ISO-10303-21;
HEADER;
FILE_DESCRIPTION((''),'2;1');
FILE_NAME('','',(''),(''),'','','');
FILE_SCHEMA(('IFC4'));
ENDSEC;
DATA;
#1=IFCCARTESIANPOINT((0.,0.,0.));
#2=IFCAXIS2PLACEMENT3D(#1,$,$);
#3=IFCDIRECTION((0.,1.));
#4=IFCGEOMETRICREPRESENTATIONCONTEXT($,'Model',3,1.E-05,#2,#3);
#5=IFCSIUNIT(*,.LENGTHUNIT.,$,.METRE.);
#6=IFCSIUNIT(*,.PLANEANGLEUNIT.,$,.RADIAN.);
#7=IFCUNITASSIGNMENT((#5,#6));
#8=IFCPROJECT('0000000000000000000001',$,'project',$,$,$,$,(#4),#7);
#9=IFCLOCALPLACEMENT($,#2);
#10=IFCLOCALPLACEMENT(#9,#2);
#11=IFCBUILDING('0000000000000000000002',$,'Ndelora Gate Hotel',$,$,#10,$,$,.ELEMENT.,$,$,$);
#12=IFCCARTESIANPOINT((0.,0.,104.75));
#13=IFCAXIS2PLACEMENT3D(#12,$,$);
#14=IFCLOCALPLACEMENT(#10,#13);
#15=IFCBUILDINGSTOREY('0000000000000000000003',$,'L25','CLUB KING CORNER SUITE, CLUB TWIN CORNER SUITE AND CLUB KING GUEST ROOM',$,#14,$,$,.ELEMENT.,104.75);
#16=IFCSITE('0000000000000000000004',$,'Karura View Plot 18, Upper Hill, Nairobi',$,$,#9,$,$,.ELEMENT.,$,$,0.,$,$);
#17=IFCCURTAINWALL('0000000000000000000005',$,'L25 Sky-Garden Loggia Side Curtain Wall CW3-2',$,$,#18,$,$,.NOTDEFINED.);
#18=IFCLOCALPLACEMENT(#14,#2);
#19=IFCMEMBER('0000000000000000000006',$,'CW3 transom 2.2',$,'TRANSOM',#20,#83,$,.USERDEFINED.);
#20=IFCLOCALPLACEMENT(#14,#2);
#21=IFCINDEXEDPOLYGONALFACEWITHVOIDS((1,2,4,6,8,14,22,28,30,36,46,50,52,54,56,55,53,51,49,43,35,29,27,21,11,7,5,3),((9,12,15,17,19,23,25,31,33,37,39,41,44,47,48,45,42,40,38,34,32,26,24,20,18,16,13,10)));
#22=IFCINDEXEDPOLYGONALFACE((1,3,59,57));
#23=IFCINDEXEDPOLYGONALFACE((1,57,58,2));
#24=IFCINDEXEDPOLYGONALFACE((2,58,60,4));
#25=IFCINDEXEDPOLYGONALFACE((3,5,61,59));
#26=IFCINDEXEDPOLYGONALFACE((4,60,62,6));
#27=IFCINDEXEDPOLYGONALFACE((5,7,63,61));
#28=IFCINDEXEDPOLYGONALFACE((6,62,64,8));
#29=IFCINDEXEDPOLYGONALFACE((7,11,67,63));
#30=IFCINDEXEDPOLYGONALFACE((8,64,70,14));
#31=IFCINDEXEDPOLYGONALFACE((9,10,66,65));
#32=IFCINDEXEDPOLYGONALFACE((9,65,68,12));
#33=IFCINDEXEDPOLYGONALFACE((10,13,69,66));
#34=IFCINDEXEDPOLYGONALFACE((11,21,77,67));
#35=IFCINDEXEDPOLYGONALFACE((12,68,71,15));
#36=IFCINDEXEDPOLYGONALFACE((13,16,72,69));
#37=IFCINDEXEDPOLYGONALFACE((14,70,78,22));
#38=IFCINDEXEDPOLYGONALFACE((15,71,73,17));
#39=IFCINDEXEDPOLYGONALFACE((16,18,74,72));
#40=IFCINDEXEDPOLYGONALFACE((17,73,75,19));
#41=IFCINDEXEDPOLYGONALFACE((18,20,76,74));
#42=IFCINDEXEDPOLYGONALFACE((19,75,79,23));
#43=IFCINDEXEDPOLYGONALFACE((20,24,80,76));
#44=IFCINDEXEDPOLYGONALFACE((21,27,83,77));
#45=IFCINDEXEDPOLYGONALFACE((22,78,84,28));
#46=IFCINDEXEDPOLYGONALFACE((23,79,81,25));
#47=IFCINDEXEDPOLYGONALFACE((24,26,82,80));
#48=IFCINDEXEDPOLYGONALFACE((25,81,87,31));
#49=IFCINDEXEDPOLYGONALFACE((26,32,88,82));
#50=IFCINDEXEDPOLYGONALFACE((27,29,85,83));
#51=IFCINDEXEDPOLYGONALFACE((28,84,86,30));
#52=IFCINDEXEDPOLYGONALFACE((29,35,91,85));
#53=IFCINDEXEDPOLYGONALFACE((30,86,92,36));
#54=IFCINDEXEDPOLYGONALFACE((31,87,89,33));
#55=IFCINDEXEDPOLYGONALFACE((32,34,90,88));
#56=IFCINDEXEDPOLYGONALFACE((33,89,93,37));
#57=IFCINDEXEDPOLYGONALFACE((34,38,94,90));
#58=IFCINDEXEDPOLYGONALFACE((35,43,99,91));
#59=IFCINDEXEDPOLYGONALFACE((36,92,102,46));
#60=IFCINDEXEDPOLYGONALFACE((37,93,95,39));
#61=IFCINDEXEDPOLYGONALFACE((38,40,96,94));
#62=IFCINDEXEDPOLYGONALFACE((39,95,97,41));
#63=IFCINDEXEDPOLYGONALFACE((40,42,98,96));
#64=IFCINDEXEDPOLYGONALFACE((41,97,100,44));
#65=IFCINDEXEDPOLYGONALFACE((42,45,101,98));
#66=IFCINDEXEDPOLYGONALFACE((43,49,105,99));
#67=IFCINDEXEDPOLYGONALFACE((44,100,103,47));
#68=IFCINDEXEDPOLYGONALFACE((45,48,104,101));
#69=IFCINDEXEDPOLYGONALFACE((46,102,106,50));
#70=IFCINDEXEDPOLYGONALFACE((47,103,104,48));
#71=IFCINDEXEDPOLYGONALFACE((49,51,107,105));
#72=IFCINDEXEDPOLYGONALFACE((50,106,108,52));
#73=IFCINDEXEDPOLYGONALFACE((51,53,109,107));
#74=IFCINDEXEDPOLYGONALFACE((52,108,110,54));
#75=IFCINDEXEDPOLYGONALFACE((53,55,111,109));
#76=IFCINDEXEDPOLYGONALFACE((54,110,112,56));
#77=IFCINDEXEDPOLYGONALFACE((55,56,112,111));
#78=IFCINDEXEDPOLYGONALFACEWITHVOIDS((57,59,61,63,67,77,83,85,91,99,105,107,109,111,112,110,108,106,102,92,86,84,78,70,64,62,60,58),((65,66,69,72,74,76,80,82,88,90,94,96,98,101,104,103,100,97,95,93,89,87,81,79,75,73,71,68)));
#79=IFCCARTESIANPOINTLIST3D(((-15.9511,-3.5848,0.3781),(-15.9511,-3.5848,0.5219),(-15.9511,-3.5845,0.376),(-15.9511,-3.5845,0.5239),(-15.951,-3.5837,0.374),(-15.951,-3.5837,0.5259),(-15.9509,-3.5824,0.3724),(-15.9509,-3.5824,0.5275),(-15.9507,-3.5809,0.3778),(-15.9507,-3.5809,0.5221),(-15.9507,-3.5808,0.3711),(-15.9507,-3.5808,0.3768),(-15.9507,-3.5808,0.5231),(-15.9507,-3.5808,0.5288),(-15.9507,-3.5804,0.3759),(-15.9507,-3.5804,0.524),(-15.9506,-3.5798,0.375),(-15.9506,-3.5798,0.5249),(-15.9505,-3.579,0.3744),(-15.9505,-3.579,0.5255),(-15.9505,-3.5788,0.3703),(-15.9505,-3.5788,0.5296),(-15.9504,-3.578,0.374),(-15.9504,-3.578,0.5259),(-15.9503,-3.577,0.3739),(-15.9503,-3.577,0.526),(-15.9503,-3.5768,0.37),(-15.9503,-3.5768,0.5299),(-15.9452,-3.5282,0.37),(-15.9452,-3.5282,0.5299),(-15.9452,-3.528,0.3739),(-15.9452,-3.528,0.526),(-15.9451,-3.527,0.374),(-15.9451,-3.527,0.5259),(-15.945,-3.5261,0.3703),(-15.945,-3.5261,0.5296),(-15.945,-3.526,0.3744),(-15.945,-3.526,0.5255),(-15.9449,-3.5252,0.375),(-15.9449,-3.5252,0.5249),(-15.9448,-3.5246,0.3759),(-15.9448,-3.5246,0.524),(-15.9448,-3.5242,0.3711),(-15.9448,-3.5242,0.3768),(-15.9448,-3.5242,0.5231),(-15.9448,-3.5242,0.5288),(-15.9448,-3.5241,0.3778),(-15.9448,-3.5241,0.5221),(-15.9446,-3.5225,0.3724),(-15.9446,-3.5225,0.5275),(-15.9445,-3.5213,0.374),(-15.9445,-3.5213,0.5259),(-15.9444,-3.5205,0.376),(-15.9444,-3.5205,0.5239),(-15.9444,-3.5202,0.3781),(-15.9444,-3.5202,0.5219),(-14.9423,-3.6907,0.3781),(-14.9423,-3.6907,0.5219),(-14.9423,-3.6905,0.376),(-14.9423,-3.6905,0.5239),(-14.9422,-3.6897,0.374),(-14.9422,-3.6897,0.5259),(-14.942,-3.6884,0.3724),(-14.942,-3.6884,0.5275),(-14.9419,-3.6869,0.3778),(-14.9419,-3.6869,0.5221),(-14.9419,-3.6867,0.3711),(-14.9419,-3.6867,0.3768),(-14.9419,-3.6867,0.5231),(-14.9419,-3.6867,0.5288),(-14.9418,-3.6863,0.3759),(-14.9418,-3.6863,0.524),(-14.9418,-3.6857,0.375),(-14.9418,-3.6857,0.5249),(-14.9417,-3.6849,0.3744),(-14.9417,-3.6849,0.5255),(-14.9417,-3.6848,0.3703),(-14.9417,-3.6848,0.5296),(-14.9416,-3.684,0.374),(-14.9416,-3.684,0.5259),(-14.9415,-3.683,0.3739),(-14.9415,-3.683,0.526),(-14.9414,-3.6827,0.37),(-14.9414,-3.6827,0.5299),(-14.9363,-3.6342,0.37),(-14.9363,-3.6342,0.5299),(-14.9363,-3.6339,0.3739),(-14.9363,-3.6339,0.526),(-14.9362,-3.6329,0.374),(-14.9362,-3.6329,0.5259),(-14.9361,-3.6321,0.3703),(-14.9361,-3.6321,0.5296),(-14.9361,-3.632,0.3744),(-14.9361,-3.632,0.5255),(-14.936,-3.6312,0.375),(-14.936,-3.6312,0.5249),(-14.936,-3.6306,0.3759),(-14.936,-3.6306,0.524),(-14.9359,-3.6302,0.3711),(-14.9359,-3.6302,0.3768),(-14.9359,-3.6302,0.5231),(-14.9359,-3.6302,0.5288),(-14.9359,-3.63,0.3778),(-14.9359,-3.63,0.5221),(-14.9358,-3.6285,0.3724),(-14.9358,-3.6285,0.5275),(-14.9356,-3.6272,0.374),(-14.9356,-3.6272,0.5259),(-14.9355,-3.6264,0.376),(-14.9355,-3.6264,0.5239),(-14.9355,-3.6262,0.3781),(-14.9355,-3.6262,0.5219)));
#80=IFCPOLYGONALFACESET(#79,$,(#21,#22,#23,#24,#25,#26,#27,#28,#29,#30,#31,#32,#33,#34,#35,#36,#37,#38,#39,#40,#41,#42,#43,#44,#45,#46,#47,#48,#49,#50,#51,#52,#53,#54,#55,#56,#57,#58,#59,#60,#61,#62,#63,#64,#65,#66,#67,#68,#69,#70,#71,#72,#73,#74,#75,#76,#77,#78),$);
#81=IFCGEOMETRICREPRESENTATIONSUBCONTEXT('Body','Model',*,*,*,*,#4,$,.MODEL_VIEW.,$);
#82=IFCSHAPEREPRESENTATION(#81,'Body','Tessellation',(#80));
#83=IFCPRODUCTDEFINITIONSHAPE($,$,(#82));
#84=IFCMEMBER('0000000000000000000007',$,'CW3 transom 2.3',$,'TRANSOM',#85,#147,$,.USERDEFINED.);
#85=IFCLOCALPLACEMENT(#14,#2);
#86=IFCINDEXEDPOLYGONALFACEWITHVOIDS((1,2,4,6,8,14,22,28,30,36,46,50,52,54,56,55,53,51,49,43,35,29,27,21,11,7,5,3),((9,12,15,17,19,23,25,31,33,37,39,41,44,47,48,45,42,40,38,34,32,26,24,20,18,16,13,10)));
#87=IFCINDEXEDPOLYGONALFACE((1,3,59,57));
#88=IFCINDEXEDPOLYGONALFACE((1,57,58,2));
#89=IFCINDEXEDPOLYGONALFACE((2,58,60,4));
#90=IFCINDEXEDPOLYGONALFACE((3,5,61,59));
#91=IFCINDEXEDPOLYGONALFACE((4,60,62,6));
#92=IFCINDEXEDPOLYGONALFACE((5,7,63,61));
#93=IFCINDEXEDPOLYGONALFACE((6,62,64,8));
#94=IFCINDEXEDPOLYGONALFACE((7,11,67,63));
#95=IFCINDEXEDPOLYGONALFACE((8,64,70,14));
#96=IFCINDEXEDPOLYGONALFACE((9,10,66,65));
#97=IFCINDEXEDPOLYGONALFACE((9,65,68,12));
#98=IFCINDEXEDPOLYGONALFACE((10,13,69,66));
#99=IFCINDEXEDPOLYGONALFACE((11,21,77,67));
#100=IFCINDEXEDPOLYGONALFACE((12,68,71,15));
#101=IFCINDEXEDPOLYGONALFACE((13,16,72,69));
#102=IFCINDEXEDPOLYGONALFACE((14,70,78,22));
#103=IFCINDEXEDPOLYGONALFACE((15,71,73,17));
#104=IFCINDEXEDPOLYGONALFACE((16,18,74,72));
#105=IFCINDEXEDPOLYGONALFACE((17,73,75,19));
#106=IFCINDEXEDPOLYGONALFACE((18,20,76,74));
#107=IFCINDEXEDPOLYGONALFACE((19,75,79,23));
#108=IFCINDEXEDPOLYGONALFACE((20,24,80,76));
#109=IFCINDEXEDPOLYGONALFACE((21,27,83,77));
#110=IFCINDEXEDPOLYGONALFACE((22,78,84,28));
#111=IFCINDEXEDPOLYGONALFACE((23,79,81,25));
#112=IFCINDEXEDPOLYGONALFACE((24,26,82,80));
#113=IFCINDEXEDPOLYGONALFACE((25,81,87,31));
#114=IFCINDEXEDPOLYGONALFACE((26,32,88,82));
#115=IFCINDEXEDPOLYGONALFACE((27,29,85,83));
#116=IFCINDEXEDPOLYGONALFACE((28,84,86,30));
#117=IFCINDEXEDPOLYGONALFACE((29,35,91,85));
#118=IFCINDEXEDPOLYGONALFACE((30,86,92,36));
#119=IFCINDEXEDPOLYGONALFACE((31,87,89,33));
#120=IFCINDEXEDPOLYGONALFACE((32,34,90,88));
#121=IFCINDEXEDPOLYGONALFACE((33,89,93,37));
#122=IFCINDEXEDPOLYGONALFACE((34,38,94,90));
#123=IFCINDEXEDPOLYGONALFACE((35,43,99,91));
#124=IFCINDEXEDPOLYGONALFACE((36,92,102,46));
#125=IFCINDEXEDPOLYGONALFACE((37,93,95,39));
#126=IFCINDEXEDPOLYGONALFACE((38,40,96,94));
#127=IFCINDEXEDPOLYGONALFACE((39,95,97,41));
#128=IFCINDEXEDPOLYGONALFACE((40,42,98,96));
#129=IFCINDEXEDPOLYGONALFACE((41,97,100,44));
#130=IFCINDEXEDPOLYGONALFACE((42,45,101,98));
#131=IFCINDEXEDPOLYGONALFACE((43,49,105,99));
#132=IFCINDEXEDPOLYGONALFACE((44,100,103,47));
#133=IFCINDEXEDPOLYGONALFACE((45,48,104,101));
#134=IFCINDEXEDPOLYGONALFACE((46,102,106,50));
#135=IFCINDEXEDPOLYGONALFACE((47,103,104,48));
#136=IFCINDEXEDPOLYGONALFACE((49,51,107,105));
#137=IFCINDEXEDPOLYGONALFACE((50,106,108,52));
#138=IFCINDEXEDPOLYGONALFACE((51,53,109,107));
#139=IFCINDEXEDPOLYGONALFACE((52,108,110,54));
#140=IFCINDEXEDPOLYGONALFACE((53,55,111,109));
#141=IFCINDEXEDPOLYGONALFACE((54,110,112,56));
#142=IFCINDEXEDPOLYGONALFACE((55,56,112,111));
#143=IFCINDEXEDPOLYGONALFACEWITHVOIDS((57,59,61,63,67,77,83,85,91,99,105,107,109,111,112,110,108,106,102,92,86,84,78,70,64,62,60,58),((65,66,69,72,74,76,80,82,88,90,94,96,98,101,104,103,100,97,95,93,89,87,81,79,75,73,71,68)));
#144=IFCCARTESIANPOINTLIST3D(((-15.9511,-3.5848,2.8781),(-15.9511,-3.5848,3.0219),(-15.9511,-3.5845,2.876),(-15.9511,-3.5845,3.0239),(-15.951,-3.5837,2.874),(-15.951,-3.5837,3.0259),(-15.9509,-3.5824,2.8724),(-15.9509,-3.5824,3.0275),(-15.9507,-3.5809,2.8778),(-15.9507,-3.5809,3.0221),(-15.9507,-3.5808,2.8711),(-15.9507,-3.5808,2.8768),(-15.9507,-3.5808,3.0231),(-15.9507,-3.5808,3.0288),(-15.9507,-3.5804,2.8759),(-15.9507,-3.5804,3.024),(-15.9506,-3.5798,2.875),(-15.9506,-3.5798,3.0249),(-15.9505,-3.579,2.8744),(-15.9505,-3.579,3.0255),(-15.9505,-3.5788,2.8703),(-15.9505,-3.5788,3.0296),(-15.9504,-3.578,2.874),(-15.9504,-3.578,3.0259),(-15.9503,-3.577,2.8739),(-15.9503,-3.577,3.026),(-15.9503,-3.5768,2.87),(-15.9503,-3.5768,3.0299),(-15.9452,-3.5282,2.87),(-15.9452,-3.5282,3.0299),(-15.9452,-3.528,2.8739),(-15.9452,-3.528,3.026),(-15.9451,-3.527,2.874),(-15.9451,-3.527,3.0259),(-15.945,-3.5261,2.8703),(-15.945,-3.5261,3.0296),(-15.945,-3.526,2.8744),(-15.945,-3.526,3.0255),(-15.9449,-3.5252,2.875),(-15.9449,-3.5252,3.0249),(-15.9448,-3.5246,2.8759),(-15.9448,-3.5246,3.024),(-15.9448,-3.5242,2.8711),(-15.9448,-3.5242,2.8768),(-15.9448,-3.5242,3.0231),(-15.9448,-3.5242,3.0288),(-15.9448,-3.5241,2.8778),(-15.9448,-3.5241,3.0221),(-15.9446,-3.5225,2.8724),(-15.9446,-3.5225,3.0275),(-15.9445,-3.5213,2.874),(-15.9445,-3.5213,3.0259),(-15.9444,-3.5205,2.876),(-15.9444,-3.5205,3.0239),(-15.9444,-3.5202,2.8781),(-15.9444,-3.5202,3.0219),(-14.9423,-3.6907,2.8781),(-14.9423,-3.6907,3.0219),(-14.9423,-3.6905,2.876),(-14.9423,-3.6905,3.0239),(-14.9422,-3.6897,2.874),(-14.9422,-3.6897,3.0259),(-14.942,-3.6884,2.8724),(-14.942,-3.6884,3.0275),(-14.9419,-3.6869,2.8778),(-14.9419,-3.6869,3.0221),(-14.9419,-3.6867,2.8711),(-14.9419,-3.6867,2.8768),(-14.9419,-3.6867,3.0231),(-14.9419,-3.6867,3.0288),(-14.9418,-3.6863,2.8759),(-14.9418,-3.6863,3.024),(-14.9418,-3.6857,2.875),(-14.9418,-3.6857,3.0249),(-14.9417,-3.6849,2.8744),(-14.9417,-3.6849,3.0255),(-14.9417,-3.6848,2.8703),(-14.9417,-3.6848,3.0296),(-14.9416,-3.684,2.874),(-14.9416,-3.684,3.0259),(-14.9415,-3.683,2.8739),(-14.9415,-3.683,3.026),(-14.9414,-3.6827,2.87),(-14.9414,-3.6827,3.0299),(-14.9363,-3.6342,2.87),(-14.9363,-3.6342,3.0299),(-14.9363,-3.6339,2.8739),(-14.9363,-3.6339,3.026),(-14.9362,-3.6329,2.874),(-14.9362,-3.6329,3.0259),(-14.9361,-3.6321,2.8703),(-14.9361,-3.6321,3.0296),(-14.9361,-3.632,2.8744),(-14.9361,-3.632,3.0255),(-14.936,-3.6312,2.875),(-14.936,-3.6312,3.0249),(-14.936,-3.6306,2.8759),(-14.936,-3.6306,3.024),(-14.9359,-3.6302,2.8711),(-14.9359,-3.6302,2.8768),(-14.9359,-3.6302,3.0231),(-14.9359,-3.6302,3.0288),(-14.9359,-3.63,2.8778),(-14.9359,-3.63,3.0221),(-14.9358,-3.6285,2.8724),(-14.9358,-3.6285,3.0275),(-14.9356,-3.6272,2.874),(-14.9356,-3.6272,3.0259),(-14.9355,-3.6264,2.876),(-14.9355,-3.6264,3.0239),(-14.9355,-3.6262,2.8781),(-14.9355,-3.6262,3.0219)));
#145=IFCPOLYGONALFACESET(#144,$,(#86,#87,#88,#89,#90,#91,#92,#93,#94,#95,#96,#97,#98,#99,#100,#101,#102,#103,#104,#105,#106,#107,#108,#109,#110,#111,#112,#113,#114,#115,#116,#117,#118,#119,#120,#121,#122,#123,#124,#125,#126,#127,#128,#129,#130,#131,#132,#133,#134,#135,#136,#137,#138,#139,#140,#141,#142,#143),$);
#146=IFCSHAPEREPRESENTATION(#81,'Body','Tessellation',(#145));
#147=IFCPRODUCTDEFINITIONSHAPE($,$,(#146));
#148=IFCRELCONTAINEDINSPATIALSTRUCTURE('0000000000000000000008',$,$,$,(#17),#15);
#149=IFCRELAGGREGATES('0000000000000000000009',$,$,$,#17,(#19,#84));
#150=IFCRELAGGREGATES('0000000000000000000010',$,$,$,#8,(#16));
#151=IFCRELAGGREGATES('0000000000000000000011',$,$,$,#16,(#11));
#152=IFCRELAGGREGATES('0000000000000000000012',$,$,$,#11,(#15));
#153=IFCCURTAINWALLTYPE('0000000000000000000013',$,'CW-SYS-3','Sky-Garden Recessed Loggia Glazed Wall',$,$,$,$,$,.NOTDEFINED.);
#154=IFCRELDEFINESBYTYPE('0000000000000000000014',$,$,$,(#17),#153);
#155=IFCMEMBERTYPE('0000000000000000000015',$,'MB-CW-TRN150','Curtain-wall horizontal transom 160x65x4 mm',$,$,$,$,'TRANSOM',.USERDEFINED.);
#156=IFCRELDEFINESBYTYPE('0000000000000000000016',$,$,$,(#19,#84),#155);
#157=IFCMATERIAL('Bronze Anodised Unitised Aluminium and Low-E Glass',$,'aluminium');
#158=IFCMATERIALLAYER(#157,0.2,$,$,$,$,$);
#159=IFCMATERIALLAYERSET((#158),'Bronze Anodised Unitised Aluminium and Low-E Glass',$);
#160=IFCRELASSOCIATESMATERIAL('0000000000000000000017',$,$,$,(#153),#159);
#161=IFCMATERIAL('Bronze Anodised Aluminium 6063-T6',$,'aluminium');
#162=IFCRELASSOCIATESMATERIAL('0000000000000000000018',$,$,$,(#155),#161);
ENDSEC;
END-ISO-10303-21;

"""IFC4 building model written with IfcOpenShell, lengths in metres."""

from ifc_helpers import new_model, si_unit, direction, frame, origin, origin_2d, place, context, subcontext, project, spatial, hollow_rectangle, extrude, material, layer, layer_set, material_profile, profile_set, type_object, element, aggregate, save


model = new_model("IFC4")

# Units and contexts
model_context = context("Model", 3, precision=1e-05, world=origin(), true_north=direction((0.0, 1.0)))
body_context = subcontext(model_context, "Body", "Model", "MODEL_VIEW")
ifc_project = project(units=[si_unit("LENGTHUNIT", "METRE"), si_unit("PLANEANGLEUNIT", "RADIAN")], contexts=[model_context])

# Site, building, storey
site_placement = place(None, origin())
site = spatial("IfcSite", under=ifc_project, at=site_placement, Name="Karura View Plot 18, Upper Hill, Nairobi", CompositionType="ELEMENT", RefElevation=0.0)
building_placement = place(site_placement, origin())
building = spatial("IfcBuilding", under=site, at=building_placement, Name="Ndelora Gate Hotel", CompositionType="ELEMENT")
storey_placement = place(building_placement, frame((0.0, 0.0, 104.75)))
storey = spatial("IfcBuildingStorey", under=building, at=storey_placement, Name="L25", Description="CLUB KING CORNER SUITE, CLUB TWIN CORNER SUITE AND CLUB KING GUEST ROOM", CompositionType="ELEMENT", Elevation=104.75)

# Curtain wall, members
ifc_material_1 = material(Name="Bronze Anodised Unitised Aluminium and Low-E Glass", Category="aluminium")
ifc_layer_1 = layer(ifc_material_1, 0.2)
ifc_layer_set_1 = layer_set([ifc_layer_1], Name="Bronze Anodised Unitised Aluminium and Low-E Glass")
curtain_wall_type = type_object("IfcCurtainWallType", Name="CW-SYS-3", Description="Sky-Garden Recessed Loggia Glazed Wall", PredefinedType="NOTDEFINED", material=ifc_layer_set_1)
curtain_wall_placement = place(storey_placement, origin())
curtain_wall = element("IfcCurtainWall", 1, at=curtain_wall_placement, inside=storey, type_object=curtain_wall_type, Name="L25 Sky-Garden Loggia Side Curtain Wall CW3-2", PredefinedType="NOTDEFINED")
ifc_material_2 = material(Name="Bronze Anodised Aluminium 6063-T6", Category="aluminium")
ifc_material_profile_1 = material_profile(ifc_material_2, hollow_rectangle(XDim=0.0649, YDim=0.1599, WallThickness=0.0039, InnerFilletRadius=0.0039, OuterFilletRadius=0.0081, at=origin_2d()), Name="ALU 160x65x4")
ifc_profile_set_1 = profile_set([ifc_material_profile_1], Name="Bronze Anodised Aluminium 6063-T6")
member_type_1 = type_object("IfcMemberType", Name="MB-CW-TRN150", Description="Curtain-wall horizontal transom 160x65x4 mm", ElementType="TRANSOM", PredefinedType="USERDEFINED", material=ifc_profile_set_1)
member_1_placement = place(storey_placement, frame((-15.9478, -3.5525, 0.45), z_axis=(0.994529, -0.104459, 0.0), x_axis=(0.104459, 0.994529, 0.0)))
member_1 = element("IfcMember", 2, at=member_1_placement, type_object=member_type_1, Name="CW3 transom 2.2", ObjectType="TRANSOM", PredefinedType="USERDEFINED", context=body_context, shape_type="SweptSolid", body=[
    extrude(hollow_rectangle(XDim=0.0649, YDim=0.1599, WallThickness=0.0039, InnerFilletRadius=0.0039, OuterFilletRadius=0.0081, at=origin_2d()), origin(), (0.0, 0.0, 1.0), 1.0144),
])
member_2_placement = place(storey_placement, frame((-15.9478, -3.5525, 2.95), z_axis=(0.994529, -0.104459, 0.0), x_axis=(0.104459, 0.994529, 0.0)))
member_2 = element("IfcMember", 3, at=member_2_placement, type_object=member_type_1, Name="CW3 transom 2.3", ObjectType="TRANSOM", PredefinedType="USERDEFINED", context=body_context, shape_type="SweptSolid", body=[
    extrude(hollow_rectangle(XDim=0.0649, YDim=0.1599, WallThickness=0.0039, InnerFilletRadius=0.0039, OuterFilletRadius=0.0081, at=origin_2d()), origin(), (0.0, 0.0, 1.0), 1.0144),
])
aggregate(curtain_wall, [member_1, member_2])

save(model, "model.ifc")
